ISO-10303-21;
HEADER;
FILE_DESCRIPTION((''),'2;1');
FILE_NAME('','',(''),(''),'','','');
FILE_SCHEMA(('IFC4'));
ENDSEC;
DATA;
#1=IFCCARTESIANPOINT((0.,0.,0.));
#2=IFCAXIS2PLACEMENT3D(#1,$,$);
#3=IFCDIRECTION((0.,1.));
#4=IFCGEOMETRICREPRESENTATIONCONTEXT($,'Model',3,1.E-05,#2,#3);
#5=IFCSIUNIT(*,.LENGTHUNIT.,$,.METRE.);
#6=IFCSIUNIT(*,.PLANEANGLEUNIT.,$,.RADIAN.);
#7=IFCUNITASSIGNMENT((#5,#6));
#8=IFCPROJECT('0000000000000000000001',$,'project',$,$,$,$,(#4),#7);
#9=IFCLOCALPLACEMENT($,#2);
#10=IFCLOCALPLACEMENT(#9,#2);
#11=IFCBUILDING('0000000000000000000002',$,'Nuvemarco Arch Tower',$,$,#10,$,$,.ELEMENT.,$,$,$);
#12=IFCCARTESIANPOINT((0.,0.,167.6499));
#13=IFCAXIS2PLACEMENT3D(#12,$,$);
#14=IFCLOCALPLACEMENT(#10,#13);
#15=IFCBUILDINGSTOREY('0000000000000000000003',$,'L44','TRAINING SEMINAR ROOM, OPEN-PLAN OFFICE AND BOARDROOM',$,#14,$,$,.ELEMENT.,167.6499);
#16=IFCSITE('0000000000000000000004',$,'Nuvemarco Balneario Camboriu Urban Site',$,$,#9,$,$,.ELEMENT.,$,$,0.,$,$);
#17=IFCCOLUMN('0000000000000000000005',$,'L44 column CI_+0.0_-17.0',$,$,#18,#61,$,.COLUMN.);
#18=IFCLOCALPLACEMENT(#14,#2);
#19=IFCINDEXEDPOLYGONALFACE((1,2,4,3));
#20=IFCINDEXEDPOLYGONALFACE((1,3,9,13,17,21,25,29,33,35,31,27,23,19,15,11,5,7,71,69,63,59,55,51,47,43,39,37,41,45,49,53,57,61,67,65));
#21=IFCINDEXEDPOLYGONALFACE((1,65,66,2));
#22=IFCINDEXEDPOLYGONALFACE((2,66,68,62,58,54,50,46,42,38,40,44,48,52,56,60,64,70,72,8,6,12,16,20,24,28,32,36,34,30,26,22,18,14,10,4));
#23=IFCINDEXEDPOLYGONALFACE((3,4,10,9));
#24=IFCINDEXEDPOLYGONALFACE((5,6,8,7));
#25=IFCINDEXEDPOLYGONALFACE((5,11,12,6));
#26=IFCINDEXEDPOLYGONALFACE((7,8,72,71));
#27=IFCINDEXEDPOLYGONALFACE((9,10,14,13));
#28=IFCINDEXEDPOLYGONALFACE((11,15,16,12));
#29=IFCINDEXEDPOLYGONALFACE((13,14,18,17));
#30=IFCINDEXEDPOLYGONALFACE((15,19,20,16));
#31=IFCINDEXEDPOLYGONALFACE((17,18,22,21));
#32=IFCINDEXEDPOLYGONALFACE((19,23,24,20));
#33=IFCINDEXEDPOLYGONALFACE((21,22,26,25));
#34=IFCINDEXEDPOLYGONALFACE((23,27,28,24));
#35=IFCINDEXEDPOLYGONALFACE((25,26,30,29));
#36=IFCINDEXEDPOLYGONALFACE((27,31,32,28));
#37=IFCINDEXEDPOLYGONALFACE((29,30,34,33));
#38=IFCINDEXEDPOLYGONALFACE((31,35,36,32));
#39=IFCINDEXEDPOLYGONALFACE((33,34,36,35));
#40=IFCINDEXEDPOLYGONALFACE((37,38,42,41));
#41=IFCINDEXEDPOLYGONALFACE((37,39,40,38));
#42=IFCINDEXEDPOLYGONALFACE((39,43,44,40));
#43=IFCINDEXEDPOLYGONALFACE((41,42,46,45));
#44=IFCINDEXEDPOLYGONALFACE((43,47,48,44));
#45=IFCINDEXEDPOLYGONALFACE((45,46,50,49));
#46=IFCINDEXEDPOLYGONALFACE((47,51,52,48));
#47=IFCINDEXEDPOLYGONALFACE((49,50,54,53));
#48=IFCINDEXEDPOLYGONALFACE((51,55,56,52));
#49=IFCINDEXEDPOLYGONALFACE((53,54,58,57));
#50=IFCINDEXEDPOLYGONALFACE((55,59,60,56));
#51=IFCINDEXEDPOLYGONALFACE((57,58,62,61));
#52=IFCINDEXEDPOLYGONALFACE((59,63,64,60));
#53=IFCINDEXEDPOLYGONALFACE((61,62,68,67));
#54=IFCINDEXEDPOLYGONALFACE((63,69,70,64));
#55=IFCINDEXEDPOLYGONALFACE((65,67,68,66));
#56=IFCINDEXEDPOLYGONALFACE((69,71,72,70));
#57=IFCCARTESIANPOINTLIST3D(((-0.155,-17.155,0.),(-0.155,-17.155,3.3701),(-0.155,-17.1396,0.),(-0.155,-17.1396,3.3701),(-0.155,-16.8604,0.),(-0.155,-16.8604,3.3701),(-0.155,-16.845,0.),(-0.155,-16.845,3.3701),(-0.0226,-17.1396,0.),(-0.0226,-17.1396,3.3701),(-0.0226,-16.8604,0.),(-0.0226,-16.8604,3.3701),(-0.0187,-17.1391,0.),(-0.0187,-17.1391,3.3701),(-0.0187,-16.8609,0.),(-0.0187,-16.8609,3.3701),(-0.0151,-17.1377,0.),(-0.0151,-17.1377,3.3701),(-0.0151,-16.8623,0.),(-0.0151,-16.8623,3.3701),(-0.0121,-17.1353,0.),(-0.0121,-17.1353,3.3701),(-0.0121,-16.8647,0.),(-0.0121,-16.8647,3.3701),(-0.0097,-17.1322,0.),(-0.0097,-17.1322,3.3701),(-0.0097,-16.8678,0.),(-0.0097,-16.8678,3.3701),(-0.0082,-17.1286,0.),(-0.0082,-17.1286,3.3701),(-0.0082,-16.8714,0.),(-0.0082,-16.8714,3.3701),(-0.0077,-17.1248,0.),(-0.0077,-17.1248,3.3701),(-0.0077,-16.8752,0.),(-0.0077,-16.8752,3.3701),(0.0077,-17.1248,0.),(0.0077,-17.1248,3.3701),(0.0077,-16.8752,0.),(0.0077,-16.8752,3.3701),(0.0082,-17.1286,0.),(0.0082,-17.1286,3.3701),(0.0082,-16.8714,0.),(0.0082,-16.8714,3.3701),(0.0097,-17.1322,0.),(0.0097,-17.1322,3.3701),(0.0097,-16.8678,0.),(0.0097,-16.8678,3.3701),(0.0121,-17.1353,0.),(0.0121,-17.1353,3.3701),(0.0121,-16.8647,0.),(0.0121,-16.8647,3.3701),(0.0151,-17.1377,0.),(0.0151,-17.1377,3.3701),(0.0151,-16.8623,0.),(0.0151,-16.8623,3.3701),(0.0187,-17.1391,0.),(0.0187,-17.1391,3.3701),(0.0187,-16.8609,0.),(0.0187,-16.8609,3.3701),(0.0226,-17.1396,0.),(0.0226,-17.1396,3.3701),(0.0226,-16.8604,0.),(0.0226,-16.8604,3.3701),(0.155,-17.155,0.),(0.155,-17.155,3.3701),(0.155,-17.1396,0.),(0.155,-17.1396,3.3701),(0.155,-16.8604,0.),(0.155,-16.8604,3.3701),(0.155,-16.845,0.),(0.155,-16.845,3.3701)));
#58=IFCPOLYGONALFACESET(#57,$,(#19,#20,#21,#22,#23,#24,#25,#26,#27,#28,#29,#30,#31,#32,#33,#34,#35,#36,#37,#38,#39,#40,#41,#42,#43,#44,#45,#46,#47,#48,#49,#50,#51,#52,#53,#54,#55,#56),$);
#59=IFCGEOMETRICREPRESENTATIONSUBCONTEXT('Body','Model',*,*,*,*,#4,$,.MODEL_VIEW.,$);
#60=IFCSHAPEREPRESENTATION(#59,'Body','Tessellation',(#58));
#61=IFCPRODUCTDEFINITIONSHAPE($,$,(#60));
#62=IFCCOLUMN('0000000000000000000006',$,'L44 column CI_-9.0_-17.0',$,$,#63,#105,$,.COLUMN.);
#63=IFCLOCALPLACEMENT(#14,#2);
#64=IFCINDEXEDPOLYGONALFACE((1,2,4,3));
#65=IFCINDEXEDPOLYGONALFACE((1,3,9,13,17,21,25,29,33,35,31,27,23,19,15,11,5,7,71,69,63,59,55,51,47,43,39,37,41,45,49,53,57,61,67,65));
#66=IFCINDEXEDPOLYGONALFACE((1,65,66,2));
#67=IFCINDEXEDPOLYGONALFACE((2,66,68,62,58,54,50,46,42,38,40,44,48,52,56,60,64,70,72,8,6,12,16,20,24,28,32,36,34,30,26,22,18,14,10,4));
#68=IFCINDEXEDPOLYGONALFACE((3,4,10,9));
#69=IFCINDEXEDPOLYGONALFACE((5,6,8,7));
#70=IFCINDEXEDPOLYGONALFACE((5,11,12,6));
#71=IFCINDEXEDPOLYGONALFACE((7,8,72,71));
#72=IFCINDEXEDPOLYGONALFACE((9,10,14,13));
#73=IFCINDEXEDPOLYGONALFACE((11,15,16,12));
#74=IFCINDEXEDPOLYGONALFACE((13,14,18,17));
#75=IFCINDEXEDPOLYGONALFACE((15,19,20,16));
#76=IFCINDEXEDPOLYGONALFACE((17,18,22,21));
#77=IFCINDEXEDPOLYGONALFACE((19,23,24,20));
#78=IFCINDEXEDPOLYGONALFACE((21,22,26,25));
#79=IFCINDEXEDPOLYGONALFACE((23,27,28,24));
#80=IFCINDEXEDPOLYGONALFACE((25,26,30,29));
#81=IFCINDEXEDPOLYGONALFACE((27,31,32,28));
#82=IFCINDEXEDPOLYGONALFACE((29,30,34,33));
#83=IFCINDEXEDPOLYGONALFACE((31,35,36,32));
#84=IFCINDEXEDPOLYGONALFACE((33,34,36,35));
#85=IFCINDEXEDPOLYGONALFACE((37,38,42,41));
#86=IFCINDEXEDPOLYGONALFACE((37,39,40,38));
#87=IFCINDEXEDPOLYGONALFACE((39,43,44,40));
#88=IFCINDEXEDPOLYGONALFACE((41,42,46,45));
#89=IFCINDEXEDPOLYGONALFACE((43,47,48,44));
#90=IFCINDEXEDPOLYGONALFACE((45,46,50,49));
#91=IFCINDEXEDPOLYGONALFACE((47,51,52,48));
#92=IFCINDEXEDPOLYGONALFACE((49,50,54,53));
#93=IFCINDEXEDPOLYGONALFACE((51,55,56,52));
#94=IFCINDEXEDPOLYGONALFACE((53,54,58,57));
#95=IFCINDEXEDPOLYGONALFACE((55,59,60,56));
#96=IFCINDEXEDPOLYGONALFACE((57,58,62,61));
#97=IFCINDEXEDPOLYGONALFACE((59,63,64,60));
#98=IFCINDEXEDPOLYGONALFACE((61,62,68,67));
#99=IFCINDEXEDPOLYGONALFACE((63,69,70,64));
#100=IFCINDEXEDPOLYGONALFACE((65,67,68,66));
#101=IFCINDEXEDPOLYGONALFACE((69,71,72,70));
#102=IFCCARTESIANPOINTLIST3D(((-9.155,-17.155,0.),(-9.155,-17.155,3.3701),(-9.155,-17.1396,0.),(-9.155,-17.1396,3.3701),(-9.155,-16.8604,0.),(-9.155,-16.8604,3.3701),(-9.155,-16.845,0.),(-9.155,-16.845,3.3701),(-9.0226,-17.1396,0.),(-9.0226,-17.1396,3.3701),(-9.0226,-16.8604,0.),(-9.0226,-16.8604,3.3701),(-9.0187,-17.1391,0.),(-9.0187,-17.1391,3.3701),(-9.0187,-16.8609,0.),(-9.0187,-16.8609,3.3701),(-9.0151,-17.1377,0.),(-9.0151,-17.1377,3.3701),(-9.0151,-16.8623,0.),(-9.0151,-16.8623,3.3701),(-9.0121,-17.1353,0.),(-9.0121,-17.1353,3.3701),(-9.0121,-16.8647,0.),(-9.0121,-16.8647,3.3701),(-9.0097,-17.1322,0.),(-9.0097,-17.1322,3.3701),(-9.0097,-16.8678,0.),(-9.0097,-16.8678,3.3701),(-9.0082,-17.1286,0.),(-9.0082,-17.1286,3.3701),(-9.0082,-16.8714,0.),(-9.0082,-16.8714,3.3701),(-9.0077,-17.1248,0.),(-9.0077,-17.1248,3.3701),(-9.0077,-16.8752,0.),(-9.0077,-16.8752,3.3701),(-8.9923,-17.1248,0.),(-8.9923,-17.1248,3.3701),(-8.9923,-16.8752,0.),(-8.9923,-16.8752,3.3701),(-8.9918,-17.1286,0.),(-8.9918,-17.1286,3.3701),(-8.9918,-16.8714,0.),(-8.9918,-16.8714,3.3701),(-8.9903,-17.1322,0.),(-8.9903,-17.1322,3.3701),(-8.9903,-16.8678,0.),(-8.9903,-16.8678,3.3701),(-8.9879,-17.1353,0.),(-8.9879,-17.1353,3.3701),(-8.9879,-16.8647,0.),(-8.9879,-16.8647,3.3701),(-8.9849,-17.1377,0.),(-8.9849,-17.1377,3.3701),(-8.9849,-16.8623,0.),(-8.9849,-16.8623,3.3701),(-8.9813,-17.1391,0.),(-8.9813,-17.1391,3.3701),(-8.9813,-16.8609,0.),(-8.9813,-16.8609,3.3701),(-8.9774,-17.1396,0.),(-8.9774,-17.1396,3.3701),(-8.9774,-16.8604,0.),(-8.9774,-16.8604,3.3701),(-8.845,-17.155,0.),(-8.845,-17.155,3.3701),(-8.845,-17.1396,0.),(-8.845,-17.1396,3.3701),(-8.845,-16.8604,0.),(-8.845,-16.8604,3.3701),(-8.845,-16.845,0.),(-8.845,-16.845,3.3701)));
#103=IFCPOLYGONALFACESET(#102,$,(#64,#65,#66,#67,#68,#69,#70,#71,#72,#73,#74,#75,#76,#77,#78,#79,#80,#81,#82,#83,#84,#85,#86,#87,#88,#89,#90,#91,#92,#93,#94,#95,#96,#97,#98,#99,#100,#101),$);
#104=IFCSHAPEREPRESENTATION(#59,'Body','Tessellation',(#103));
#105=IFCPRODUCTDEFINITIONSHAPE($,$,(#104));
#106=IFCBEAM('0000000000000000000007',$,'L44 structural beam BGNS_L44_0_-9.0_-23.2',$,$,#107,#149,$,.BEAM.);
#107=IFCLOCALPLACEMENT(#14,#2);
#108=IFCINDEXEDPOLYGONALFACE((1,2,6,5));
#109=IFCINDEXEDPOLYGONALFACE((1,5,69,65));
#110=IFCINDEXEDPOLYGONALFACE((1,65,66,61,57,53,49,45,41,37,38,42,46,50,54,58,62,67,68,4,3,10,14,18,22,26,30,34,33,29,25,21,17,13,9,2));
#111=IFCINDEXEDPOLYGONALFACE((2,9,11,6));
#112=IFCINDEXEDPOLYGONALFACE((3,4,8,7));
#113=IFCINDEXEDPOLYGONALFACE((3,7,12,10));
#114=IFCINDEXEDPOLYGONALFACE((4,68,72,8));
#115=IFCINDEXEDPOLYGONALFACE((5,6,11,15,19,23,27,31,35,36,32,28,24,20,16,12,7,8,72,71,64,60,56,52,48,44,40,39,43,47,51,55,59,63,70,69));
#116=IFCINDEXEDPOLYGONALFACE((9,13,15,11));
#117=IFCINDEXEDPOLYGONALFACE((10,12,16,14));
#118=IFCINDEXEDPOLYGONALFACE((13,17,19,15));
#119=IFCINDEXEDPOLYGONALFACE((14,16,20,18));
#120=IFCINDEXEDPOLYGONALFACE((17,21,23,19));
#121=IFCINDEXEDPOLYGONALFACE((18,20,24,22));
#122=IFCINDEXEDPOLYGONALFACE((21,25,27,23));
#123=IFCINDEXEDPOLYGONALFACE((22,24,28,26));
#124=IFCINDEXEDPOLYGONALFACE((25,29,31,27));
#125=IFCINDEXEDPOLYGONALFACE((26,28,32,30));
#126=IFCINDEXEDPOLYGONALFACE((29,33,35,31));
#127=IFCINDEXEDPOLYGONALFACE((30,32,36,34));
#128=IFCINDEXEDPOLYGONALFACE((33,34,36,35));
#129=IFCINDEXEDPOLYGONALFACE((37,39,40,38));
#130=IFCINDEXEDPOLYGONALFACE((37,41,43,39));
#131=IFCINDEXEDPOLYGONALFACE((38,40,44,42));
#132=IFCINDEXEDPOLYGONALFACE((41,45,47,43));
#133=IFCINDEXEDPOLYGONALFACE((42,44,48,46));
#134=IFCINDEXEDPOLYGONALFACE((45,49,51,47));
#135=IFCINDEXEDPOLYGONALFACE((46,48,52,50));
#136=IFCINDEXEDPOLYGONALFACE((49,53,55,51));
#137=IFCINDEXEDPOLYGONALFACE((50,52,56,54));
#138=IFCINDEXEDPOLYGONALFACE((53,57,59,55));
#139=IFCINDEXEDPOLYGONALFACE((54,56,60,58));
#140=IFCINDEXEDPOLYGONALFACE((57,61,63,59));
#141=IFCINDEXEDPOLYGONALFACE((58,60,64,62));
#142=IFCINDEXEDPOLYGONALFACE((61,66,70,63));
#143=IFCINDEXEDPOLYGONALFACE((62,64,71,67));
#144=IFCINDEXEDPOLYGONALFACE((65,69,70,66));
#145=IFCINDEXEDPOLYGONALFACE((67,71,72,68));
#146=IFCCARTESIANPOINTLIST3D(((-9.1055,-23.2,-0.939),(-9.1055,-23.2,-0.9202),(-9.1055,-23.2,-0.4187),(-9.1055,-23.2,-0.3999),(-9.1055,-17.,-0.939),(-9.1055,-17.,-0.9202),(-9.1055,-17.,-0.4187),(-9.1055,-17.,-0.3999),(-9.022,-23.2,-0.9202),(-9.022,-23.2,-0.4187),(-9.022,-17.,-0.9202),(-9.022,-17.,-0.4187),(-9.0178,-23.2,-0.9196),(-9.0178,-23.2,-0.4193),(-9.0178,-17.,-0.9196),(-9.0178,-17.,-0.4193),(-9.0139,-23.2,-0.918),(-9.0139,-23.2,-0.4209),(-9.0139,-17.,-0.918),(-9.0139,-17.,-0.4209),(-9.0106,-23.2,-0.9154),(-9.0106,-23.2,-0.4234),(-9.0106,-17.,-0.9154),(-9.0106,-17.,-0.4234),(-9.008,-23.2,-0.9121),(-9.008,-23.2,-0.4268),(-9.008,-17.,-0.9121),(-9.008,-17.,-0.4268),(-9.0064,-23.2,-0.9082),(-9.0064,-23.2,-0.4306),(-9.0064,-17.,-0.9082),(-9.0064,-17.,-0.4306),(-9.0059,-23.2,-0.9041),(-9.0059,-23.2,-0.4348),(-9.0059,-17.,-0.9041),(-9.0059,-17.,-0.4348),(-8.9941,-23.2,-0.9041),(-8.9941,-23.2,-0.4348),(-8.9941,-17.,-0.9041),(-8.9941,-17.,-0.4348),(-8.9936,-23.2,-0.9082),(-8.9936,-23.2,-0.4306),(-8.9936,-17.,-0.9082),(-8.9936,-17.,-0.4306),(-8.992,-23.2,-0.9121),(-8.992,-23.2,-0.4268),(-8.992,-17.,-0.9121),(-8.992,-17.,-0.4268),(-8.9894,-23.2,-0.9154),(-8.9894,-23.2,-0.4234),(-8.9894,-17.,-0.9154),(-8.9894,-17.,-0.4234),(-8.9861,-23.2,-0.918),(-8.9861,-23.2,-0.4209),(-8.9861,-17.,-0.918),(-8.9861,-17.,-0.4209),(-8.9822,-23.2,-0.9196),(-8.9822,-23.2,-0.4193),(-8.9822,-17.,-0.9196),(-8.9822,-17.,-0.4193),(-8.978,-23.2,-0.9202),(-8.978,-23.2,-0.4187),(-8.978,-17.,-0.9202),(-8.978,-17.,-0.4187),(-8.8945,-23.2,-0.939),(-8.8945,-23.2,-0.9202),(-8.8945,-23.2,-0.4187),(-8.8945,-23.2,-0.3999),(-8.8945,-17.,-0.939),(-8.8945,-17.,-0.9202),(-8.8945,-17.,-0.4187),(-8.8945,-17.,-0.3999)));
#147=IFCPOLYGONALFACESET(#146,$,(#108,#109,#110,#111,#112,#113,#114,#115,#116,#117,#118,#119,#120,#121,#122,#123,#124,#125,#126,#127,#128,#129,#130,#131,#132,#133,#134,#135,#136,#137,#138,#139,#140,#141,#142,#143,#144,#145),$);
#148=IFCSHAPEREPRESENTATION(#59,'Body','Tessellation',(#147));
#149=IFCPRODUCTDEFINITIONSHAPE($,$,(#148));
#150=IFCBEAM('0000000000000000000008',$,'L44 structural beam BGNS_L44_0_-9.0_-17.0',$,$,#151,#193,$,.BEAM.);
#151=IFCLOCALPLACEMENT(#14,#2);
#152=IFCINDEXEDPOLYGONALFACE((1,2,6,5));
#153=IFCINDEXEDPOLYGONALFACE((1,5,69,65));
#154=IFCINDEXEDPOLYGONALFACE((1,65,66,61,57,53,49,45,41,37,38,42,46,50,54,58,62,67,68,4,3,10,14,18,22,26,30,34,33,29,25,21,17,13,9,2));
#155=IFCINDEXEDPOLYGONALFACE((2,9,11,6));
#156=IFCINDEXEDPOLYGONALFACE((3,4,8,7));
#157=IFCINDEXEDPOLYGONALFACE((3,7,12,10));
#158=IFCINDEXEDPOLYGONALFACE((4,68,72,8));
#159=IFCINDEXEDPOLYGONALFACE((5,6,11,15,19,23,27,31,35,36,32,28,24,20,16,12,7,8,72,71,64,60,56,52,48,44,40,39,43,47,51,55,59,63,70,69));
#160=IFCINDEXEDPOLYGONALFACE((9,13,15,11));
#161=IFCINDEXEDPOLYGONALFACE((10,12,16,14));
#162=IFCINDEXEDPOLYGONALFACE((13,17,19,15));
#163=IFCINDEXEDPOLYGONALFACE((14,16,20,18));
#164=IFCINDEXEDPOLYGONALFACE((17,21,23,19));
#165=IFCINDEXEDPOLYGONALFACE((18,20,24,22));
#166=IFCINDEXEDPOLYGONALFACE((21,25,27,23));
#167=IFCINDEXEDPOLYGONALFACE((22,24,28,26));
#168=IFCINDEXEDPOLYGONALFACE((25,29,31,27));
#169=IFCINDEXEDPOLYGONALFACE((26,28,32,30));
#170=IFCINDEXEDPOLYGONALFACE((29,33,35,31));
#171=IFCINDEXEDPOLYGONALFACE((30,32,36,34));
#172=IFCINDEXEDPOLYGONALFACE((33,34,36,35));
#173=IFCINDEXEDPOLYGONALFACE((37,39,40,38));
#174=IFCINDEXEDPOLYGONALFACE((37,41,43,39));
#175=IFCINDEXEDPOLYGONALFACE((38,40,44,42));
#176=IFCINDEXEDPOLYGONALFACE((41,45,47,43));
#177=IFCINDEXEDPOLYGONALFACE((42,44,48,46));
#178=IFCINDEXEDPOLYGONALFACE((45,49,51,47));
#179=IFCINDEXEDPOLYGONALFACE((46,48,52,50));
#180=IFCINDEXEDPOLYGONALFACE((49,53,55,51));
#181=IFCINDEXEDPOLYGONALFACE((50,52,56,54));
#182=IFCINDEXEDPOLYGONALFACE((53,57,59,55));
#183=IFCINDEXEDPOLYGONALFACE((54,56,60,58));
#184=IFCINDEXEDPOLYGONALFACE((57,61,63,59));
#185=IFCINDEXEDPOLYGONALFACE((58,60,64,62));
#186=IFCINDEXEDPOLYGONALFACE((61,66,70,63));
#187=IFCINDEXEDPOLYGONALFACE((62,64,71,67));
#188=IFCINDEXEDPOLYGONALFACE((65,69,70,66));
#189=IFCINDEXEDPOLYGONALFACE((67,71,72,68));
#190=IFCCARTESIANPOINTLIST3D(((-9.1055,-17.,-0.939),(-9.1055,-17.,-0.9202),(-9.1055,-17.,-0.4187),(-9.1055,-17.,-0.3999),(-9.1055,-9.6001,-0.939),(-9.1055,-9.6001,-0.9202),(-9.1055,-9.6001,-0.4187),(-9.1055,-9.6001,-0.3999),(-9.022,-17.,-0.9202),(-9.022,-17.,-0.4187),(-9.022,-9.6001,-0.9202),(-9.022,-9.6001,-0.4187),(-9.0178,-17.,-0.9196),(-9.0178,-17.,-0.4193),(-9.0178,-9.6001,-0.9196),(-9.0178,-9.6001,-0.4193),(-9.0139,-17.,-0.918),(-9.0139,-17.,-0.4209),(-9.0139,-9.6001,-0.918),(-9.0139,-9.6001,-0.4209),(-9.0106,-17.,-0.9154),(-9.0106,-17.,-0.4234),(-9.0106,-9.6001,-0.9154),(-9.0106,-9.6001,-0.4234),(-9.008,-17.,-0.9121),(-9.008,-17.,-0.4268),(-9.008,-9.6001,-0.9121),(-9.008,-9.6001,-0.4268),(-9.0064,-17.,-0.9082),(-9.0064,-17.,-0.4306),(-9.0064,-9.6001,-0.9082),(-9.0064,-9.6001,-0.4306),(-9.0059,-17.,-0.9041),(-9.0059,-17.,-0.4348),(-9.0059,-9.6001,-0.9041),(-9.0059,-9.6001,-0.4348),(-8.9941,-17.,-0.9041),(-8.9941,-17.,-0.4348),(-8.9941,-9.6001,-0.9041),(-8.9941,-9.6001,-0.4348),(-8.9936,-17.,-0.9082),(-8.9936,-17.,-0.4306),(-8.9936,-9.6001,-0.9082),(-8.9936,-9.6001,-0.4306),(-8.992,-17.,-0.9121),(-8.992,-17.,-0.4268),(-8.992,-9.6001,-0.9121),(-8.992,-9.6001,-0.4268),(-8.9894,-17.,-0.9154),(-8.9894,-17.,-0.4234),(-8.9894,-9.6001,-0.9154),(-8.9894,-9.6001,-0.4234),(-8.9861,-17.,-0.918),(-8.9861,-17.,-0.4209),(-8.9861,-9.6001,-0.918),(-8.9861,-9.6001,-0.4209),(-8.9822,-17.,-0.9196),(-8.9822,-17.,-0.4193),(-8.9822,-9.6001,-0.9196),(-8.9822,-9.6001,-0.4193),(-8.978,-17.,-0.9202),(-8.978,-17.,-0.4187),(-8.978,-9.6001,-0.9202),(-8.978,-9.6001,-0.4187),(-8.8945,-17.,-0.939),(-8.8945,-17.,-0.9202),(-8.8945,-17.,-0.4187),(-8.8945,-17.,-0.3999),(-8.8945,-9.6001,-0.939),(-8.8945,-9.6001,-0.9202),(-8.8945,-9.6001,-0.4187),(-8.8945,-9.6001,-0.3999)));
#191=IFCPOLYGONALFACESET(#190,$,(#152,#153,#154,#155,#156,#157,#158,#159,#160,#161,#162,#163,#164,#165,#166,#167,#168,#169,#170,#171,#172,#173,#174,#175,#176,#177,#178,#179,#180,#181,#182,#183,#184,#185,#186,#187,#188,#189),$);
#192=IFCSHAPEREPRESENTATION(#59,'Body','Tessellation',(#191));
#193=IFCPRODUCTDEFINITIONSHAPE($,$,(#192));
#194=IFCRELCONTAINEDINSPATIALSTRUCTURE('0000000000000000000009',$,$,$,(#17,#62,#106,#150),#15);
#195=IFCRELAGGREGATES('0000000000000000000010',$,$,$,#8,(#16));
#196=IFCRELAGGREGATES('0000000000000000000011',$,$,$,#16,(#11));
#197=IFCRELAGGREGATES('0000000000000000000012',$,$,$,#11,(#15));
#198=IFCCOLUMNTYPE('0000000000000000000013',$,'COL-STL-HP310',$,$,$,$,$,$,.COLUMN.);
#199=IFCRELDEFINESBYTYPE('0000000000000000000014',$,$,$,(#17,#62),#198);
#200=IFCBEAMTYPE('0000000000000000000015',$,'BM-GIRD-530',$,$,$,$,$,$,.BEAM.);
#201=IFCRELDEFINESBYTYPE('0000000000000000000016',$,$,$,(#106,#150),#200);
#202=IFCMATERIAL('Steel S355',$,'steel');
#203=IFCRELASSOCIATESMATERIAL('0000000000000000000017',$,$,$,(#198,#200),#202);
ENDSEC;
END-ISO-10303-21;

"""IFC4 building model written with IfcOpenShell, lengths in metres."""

from ifc_helpers import new_model, si_unit, direction, frame, origin, origin_2d, place, context, subcontext, project, spatial, i_section, extrude, material, material_profile, profile_set, type_object, element, save


model = new_model("IFC4")

# Units and contexts
model_context = context("Model", 3, precision=1e-05, world=origin(), true_north=direction((0.0, 1.0)))
body_context = subcontext(model_context, "Body", "Model", "MODEL_VIEW")
ifc_project = project(units=[si_unit("LENGTHUNIT", "METRE"), si_unit("PLANEANGLEUNIT", "RADIAN")], contexts=[model_context])

# Site, building, storey
site_placement = place(None, origin())
site = spatial("IfcSite", under=ifc_project, at=site_placement, Name="Nuvemarco Balneario Camboriu Urban Site", CompositionType="ELEMENT", RefElevation=0.0)
building_placement = place(site_placement, origin())
building = spatial("IfcBuilding", under=site, at=building_placement, Name="Nuvemarco Arch Tower", CompositionType="ELEMENT")
storey_placement = place(building_placement, frame((0.0, 0.0, 167.6499)))
storey = spatial("IfcBuildingStorey", under=building, at=storey_placement, Name="L44", Description="TRAINING SEMINAR ROOM, OPEN-PLAN OFFICE AND BOARDROOM", CompositionType="ELEMENT", Elevation=167.6499)

# Columns
ifc_material_1 = material(Name="Steel S355", Category="steel")
ifc_material_profile_1 = material_profile(ifc_material_1, i_section(OverallWidth=0.3101, OverallDepth=0.3101, WebThickness=0.0154, FlangeThickness=0.0154, FilletRadius=0.0149, at=origin_2d()), Name="HP310x110")
ifc_profile_set_1 = profile_set([ifc_material_profile_1], Name="Steel S355")
column_type_1 = type_object("IfcColumnType", Name="COL-STL-HP310", PredefinedType="COLUMN", material=ifc_profile_set_1)
for number, where, z_axis, x_axis, name in (
    (1, (0.0, -17.0, 0.0), (0.0, 0.0, 1.0), (1.0, 0.0, 0.0), "L44 column CI_+0.0_-17.0"),
    (2, (-9.0, -17.0, 0.0), (0.0, 0.0, 1.0), (1.0, 0.0, 0.0), "L44 column CI_-9.0_-17.0"),
):
    element("IfcColumn", number, at=place(storey_placement, frame(where, z_axis=z_axis, x_axis=x_axis)), inside=storey, type_object=column_type_1, Name=name, PredefinedType="COLUMN", context=body_context, shape_type="SweptSolid", body=[
        extrude(i_section(OverallWidth=0.3101, OverallDepth=0.3101, WebThickness=0.0154, FlangeThickness=0.0154, FilletRadius=0.0149, at=origin_2d()), origin(), (0.0, 0.0, 1.0), 3.3701),
    ])

# Beams
ifc_material_profile_2 = material_profile(ifc_material_1, i_section(OverallWidth=0.2109, OverallDepth=0.5391, WebThickness=0.0117, FlangeThickness=0.0188, FilletRadius=0.0161, at=origin_2d()), Name="W530x109")
ifc_profile_set_2 = profile_set([ifc_material_profile_2], Name="Steel S355")
beam_type_1 = type_object("IfcBeamType", Name="BM-GIRD-530", PredefinedType="BEAM", material=ifc_profile_set_2)
beam_1_placement = place(storey_placement, frame((-9.0, -23.2, -0.6694), z_axis=(0.0, 1.0, 0.0), x_axis=(-1.0, 0.0, 0.0)))
element("IfcBeam", 3, at=beam_1_placement, inside=storey, type_object=beam_type_1, Name="L44 structural beam BGNS_L44_0_-9.0_-23.2", PredefinedType="BEAM", context=body_context, shape_type="SweptSolid", body=[
    extrude(i_section(OverallWidth=0.2109, OverallDepth=0.5391, WebThickness=0.0117, FlangeThickness=0.0188, FilletRadius=0.0161, at=origin_2d()), origin(), (0.0, 0.0, 1.0), 6.2),
])
beam_2_placement = place(storey_placement, frame((-9.0, -17.0, -0.6694), z_axis=(0.0, 1.0, 0.0), x_axis=(-1.0, 0.0, 0.0)))
element("IfcBeam", 4, at=beam_2_placement, inside=storey, type_object=beam_type_1, Name="L44 structural beam BGNS_L44_0_-9.0_-17.0", PredefinedType="BEAM", context=body_context, shape_type="SweptSolid", body=[
    extrude(i_section(OverallWidth=0.2109, OverallDepth=0.5391, WebThickness=0.0117, FlangeThickness=0.0188, FilletRadius=0.0161, at=origin_2d()), origin(), (0.0, 0.0, 1.0), 7.3999),
])

save(model, "model.ifc")
